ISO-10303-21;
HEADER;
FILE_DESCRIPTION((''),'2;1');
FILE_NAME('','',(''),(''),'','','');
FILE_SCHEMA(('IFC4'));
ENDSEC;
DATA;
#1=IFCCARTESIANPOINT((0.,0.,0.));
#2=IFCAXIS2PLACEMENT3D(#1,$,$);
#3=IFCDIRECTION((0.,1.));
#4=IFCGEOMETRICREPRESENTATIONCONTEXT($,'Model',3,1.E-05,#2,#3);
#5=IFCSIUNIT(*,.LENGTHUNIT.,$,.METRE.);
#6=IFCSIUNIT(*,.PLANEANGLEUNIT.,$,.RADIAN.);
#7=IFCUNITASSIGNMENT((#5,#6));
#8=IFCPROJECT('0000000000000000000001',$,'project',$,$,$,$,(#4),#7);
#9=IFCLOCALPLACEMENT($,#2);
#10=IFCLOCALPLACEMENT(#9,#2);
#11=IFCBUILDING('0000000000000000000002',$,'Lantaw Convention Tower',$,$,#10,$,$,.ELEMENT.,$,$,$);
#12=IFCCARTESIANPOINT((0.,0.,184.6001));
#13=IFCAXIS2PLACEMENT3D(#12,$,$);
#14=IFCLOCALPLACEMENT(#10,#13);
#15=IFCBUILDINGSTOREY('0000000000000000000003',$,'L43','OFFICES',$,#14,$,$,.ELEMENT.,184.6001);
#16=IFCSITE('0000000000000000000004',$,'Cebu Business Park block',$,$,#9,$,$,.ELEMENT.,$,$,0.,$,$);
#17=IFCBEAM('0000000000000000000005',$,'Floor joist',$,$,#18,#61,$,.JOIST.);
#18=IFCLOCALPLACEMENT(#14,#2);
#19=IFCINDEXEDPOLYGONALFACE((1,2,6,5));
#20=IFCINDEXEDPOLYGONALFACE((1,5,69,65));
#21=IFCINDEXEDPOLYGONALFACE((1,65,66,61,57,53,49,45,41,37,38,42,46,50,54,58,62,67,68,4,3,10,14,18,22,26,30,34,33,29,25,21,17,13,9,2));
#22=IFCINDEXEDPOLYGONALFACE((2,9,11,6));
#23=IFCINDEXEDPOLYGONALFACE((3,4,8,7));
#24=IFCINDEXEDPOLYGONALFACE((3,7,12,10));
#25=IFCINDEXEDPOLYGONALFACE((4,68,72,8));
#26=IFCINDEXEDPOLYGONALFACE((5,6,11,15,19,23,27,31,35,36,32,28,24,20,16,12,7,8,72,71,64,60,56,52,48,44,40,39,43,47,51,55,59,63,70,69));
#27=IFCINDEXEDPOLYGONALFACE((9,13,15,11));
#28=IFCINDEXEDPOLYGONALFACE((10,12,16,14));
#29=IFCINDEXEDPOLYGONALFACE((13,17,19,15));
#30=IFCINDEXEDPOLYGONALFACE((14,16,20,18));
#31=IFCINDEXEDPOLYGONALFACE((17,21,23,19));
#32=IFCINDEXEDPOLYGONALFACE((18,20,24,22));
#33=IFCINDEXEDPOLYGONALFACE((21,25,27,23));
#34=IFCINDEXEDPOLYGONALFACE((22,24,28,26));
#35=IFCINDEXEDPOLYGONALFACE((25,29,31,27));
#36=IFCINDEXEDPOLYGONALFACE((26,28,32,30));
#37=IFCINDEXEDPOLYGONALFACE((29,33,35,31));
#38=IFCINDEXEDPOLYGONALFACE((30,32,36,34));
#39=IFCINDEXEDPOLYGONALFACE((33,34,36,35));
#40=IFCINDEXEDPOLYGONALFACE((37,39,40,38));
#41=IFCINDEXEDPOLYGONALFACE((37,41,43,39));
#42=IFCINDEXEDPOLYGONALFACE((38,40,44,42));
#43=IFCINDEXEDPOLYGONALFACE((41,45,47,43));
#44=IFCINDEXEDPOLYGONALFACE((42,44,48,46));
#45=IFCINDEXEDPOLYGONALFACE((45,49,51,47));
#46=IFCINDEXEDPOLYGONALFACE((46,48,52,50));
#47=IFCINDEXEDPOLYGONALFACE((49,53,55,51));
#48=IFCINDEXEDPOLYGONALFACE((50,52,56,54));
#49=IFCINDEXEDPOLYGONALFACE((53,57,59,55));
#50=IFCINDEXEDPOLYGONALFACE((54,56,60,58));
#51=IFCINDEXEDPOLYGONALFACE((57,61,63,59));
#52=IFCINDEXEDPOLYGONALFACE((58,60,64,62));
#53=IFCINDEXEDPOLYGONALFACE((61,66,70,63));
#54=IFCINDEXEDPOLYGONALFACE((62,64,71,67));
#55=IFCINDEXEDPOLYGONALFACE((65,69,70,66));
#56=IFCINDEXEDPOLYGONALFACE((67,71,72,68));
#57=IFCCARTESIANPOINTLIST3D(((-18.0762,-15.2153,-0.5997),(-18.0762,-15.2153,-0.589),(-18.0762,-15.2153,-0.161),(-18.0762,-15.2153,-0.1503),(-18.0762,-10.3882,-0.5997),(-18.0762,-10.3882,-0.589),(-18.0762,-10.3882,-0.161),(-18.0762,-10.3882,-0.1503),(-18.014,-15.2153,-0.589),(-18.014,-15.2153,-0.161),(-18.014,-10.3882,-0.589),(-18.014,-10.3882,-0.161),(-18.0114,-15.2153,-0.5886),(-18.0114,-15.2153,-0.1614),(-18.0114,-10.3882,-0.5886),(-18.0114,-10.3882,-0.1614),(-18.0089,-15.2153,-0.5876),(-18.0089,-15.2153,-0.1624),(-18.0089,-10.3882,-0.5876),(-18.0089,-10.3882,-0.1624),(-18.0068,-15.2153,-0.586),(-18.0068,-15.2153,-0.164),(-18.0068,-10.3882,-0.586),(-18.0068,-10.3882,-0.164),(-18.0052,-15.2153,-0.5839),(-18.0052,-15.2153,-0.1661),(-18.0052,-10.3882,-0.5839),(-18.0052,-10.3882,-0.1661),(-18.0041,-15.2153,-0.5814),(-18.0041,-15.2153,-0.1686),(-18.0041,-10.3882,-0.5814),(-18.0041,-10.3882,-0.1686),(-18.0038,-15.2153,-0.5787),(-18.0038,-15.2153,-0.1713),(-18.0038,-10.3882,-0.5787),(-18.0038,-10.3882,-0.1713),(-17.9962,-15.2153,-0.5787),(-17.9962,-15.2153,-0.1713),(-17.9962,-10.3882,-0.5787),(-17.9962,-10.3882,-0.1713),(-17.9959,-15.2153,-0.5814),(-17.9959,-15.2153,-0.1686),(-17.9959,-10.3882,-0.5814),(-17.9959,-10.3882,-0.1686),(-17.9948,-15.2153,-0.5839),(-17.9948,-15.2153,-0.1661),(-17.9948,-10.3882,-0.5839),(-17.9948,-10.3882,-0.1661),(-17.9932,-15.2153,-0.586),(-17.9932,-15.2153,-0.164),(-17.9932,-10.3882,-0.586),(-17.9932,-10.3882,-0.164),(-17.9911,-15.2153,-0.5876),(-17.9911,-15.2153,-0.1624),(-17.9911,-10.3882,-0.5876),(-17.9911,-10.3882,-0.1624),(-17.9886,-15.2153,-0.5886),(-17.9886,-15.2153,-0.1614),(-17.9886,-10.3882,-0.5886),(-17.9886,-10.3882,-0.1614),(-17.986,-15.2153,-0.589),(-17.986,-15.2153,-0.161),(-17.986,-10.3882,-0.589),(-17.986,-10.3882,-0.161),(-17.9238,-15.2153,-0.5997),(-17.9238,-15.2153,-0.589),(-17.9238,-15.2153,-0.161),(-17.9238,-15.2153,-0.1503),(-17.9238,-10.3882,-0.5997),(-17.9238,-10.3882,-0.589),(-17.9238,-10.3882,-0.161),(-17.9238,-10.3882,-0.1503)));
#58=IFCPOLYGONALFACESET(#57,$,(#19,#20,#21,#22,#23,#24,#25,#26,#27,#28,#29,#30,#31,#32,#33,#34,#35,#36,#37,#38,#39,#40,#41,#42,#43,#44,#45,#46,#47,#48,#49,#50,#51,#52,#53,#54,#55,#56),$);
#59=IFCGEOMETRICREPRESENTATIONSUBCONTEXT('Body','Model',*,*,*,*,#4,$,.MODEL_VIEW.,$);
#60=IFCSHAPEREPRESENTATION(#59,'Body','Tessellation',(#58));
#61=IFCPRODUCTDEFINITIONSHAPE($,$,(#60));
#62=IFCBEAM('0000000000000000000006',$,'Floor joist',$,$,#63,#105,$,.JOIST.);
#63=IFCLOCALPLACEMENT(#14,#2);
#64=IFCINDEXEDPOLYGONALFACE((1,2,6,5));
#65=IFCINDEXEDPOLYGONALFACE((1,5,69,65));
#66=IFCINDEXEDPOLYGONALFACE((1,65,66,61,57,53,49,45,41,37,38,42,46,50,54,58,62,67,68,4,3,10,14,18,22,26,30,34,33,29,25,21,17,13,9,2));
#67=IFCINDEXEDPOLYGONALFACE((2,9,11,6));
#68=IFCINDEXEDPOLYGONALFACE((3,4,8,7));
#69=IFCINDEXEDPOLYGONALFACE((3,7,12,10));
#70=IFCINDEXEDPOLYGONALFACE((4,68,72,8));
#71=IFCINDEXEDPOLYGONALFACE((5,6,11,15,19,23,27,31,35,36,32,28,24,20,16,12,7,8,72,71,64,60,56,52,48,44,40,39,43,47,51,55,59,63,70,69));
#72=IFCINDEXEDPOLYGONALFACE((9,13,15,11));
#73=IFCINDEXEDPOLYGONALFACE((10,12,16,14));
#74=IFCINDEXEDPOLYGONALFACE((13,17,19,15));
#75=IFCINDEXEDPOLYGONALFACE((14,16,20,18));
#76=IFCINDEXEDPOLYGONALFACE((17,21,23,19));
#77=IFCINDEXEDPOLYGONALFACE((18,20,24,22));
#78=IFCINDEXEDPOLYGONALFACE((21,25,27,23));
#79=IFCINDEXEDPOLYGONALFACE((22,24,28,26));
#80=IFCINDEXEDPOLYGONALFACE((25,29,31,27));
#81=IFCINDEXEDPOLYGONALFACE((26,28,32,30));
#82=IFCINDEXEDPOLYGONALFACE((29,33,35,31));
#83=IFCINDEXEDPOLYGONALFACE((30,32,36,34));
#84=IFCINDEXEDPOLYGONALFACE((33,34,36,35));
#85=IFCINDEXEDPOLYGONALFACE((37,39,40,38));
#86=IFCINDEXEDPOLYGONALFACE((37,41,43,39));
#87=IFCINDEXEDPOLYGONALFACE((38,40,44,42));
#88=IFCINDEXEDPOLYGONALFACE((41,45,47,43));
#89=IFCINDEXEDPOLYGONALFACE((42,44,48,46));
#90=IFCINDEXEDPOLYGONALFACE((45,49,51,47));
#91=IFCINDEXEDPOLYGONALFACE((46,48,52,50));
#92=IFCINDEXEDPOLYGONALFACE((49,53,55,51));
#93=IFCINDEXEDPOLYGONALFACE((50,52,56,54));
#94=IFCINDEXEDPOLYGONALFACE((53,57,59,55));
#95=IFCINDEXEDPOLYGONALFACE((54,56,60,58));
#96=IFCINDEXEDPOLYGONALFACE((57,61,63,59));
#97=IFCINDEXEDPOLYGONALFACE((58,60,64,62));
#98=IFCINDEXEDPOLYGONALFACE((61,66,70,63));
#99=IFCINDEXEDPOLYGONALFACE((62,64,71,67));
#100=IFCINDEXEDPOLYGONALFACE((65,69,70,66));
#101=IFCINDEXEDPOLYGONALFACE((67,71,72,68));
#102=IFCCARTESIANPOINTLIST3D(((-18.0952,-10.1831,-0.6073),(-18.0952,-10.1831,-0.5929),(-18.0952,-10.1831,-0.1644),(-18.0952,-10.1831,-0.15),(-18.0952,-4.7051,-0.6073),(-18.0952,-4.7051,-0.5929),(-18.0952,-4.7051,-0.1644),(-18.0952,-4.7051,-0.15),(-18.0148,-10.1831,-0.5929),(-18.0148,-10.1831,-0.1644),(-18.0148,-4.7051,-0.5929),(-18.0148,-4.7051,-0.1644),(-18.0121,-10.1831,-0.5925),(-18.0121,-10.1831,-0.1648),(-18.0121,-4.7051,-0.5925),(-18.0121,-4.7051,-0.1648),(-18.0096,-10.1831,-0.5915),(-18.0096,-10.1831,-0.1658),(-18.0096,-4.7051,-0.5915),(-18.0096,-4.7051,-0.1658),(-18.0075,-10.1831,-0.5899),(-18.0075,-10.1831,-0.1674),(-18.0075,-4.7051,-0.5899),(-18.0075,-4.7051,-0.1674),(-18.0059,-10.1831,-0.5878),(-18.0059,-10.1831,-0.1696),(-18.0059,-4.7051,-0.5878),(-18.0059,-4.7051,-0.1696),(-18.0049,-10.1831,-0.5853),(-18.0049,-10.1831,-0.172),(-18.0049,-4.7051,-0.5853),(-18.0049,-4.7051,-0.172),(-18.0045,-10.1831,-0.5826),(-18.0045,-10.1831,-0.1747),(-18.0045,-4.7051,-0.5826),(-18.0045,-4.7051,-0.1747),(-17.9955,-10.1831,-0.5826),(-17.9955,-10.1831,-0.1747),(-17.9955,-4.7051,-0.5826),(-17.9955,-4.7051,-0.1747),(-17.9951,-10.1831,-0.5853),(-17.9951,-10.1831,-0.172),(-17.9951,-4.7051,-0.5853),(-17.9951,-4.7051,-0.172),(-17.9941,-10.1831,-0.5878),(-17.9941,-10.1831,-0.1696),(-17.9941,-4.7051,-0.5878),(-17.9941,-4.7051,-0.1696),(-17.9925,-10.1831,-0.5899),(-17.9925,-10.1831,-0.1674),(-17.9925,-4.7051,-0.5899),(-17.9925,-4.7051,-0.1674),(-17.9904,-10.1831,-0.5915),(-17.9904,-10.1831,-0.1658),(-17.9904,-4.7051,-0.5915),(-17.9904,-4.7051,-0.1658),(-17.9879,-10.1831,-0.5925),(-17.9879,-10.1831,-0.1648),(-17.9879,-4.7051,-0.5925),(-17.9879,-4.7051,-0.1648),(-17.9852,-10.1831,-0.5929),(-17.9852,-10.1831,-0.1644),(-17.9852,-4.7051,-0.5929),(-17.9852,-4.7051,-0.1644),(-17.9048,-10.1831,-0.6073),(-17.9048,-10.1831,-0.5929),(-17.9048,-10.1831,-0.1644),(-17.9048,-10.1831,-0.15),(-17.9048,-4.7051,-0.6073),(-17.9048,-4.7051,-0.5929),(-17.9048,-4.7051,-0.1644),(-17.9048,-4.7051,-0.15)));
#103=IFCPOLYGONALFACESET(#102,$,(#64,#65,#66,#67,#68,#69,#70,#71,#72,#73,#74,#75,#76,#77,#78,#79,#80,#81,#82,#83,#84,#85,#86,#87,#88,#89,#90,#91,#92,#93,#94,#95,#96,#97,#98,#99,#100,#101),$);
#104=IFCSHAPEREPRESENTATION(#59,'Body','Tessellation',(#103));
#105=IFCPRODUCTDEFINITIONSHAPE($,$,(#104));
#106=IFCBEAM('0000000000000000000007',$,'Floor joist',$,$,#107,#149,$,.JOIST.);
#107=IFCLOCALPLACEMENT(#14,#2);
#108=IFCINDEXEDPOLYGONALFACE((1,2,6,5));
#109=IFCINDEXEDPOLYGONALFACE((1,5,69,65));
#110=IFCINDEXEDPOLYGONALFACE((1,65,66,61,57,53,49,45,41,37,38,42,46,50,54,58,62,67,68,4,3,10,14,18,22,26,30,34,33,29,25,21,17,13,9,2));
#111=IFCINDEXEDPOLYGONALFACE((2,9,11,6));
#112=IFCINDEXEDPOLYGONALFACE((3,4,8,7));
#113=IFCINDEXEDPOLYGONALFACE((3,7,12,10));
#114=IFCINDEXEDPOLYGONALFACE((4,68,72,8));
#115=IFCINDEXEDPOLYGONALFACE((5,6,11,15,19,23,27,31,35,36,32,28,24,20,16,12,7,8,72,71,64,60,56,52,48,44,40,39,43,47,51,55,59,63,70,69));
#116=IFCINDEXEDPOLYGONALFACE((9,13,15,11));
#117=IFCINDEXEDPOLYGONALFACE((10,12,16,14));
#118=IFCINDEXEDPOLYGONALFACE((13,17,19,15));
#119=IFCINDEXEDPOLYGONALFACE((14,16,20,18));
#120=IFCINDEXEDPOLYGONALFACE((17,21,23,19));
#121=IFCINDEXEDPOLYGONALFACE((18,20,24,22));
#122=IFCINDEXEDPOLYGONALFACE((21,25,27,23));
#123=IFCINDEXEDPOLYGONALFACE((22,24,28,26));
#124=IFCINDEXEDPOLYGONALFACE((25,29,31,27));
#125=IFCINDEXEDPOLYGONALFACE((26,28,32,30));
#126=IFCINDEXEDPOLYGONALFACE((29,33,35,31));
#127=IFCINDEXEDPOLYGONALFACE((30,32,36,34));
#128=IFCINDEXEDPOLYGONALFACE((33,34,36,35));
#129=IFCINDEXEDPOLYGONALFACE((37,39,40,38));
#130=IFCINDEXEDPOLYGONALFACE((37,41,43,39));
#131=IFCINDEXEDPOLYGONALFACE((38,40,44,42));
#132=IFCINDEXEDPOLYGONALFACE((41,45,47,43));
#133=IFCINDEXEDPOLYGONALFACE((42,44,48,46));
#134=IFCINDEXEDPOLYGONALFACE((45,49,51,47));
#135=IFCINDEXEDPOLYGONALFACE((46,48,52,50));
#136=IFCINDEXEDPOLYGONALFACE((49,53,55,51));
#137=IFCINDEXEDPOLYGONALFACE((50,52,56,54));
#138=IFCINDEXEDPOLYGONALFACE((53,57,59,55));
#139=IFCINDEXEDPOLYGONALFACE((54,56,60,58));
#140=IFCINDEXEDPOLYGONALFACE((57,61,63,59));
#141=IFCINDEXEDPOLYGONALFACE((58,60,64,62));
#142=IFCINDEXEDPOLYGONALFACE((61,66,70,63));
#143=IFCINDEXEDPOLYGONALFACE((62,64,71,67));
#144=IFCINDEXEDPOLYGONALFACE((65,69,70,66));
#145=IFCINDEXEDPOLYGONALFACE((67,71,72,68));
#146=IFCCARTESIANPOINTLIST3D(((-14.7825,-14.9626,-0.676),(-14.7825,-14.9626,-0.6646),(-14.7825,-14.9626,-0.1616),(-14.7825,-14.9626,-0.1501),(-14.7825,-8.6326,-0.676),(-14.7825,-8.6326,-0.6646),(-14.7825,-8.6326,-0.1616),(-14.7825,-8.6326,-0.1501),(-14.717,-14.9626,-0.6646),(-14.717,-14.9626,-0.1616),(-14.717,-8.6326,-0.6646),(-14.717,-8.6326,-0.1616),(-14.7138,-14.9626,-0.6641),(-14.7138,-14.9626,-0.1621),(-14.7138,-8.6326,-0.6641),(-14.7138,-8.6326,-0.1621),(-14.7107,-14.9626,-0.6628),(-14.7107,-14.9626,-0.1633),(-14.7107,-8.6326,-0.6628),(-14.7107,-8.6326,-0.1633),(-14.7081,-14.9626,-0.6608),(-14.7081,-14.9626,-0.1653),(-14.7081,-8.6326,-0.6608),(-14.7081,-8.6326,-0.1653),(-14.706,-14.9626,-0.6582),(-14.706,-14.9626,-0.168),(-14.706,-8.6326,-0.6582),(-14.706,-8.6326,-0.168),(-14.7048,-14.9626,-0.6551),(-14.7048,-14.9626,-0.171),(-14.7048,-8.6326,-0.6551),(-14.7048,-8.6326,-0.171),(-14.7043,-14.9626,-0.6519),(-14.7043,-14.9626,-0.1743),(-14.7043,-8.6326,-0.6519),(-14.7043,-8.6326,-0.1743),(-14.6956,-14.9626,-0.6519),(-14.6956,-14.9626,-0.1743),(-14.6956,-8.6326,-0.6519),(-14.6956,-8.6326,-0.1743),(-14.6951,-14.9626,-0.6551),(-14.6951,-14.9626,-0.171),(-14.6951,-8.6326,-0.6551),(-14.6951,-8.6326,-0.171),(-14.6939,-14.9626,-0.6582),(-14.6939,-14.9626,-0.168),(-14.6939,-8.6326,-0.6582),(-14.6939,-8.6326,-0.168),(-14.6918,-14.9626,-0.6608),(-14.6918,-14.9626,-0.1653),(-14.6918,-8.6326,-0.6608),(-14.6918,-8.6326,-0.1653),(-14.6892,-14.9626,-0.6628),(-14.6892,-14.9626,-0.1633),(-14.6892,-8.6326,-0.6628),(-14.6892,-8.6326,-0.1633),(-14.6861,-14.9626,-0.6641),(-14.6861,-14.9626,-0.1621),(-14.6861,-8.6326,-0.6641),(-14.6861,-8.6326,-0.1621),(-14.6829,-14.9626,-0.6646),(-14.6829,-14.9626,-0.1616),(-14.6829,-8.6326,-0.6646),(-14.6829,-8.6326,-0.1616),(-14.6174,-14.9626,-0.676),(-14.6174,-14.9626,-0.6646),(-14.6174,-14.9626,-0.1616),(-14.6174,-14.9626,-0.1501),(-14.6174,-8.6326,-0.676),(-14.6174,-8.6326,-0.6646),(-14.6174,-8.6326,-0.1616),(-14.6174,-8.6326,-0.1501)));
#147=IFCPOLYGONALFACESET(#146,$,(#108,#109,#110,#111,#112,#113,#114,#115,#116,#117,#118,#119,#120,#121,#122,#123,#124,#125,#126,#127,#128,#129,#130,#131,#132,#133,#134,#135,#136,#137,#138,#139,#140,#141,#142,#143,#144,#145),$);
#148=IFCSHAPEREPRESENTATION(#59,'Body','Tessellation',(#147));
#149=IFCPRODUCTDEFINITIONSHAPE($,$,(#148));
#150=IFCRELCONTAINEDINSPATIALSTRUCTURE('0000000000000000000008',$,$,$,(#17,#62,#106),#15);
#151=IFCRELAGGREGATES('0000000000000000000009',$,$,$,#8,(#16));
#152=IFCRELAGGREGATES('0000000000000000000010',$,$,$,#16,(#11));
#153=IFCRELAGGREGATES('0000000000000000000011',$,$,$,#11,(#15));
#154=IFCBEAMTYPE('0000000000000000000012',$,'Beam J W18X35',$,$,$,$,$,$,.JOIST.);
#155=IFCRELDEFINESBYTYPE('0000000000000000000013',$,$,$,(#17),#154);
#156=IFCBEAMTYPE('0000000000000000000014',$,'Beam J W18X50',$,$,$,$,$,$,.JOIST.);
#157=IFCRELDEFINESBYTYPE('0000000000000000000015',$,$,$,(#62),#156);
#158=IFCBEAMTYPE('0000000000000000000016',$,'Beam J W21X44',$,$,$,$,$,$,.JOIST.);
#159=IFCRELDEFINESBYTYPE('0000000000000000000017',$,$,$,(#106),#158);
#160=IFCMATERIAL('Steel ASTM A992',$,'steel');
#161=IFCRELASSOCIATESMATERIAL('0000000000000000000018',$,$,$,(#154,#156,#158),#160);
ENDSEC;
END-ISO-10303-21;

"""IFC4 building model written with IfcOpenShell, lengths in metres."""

from ifc_helpers import new_model, si_unit, direction, frame, origin, origin_2d, place, context, subcontext, project, spatial, i_section, extrude, material, material_profile, profile_set, type_object, element, save


model = new_model("IFC4")

# Units and contexts
model_context = context("Model", 3, precision=1e-05, world=origin(), true_north=direction((0.0, 1.0)))
body_context = subcontext(model_context, "Body", "Model", "MODEL_VIEW")
ifc_project = project(units=[si_unit("LENGTHUNIT", "METRE"), si_unit("PLANEANGLEUNIT", "RADIAN")], contexts=[model_context])

# Site, building, storey
site_placement = place(None, origin())
site = spatial("IfcSite", under=ifc_project, at=site_placement, Name="Cebu Business Park block", CompositionType="ELEMENT", RefElevation=0.0)
building_placement = place(site_placement, origin())
building = spatial("IfcBuilding", under=site, at=building_placement, Name="Lantaw Convention Tower", CompositionType="ELEMENT")
storey_placement = place(building_placement, frame((0.0, 0.0, 184.6001)))
storey = spatial("IfcBuildingStorey", under=building, at=storey_placement, Name="L43", Description="OFFICES", CompositionType="ELEMENT", Elevation=184.6001)

# Beams
ifc_material_1 = material(Name="Steel ASTM A992", Category="steel")
ifc_material_profile_1 = material_profile(ifc_material_1, i_section(OverallWidth=0.1523, OverallDepth=0.4495, WebThickness=0.0076, FlangeThickness=0.0107, FilletRadius=0.0103, at=origin_2d()), Name="W18X35")
ifc_profile_set_1 = profile_set([ifc_material_profile_1], Name="Steel ASTM A992")
beam_type_1 = type_object("IfcBeamType", Name="Beam J W18X35", PredefinedType="JOIST", material=ifc_profile_set_1)
beam_1_placement = place(storey_placement, frame((-18.0, -15.2153, -0.375), z_axis=(0.0, 1.0, 0.0), x_axis=(-1.0, 0.0, 0.0)))
element("IfcBeam", 1, at=beam_1_placement, inside=storey, type_object=beam_type_1, Name="Floor joist", PredefinedType="JOIST", context=body_context, shape_type="SweptSolid", body=[
    extrude(i_section(OverallWidth=0.1523, OverallDepth=0.4495, WebThickness=0.0076, FlangeThickness=0.0107, FilletRadius=0.0103, at=origin_2d()), origin(), (0.0, 0.0, 1.0), 4.8271),
])
ifc_material_profile_2 = material_profile(ifc_material_1, i_section(OverallWidth=0.1904, OverallDepth=0.4573, WebThickness=0.009, FlangeThickness=0.0144, FilletRadius=0.0103, at=origin_2d()), Name="W18X50")
ifc_profile_set_2 = profile_set([ifc_material_profile_2], Name="Steel ASTM A992")
beam_type_2 = type_object("IfcBeamType", Name="Beam J W18X50", PredefinedType="JOIST", material=ifc_profile_set_2)
beam_2_placement = place(storey_placement, frame((-18.0, -10.1831, -0.3787), z_axis=(0.0, 1.0, 0.0), x_axis=(-1.0, 0.0, 0.0)))
element("IfcBeam", 2, at=beam_2_placement, inside=storey, type_object=beam_type_2, Name="Floor joist", PredefinedType="JOIST", context=body_context, shape_type="SweptSolid", body=[
    extrude(i_section(OverallWidth=0.1904, OverallDepth=0.4573, WebThickness=0.009, FlangeThickness=0.0144, FilletRadius=0.0103, at=origin_2d()), origin(), (0.0, 0.0, 1.0), 5.478),
])
ifc_material_profile_3 = material_profile(ifc_material_1, i_section(OverallWidth=0.165, OverallDepth=0.5259, WebThickness=0.0088, FlangeThickness=0.0115, FilletRadius=0.0127, at=origin_2d()), Name="W21X44")
ifc_profile_set_3 = profile_set([ifc_material_profile_3], Name="Steel ASTM A992")
beam_type_3 = type_object("IfcBeamType", Name="Beam J W21X44", PredefinedType="JOIST", material=ifc_profile_set_3)
beam_3_placement = place(storey_placement, frame((-14.7, -14.9626, -0.4131), z_axis=(0.0, 1.0, 0.0), x_axis=(-1.0, 0.0, 0.0)))
element("IfcBeam", 3, at=beam_3_placement, inside=storey, type_object=beam_type_3, Name="Floor joist", PredefinedType="JOIST", context=body_context, shape_type="SweptSolid", body=[
    extrude(i_section(OverallWidth=0.165, OverallDepth=0.5259, WebThickness=0.0088, FlangeThickness=0.0115, FilletRadius=0.0127, at=origin_2d()), origin(), (0.0, 0.0, 1.0), 6.3301),
])

save(model, "model.ifc")
